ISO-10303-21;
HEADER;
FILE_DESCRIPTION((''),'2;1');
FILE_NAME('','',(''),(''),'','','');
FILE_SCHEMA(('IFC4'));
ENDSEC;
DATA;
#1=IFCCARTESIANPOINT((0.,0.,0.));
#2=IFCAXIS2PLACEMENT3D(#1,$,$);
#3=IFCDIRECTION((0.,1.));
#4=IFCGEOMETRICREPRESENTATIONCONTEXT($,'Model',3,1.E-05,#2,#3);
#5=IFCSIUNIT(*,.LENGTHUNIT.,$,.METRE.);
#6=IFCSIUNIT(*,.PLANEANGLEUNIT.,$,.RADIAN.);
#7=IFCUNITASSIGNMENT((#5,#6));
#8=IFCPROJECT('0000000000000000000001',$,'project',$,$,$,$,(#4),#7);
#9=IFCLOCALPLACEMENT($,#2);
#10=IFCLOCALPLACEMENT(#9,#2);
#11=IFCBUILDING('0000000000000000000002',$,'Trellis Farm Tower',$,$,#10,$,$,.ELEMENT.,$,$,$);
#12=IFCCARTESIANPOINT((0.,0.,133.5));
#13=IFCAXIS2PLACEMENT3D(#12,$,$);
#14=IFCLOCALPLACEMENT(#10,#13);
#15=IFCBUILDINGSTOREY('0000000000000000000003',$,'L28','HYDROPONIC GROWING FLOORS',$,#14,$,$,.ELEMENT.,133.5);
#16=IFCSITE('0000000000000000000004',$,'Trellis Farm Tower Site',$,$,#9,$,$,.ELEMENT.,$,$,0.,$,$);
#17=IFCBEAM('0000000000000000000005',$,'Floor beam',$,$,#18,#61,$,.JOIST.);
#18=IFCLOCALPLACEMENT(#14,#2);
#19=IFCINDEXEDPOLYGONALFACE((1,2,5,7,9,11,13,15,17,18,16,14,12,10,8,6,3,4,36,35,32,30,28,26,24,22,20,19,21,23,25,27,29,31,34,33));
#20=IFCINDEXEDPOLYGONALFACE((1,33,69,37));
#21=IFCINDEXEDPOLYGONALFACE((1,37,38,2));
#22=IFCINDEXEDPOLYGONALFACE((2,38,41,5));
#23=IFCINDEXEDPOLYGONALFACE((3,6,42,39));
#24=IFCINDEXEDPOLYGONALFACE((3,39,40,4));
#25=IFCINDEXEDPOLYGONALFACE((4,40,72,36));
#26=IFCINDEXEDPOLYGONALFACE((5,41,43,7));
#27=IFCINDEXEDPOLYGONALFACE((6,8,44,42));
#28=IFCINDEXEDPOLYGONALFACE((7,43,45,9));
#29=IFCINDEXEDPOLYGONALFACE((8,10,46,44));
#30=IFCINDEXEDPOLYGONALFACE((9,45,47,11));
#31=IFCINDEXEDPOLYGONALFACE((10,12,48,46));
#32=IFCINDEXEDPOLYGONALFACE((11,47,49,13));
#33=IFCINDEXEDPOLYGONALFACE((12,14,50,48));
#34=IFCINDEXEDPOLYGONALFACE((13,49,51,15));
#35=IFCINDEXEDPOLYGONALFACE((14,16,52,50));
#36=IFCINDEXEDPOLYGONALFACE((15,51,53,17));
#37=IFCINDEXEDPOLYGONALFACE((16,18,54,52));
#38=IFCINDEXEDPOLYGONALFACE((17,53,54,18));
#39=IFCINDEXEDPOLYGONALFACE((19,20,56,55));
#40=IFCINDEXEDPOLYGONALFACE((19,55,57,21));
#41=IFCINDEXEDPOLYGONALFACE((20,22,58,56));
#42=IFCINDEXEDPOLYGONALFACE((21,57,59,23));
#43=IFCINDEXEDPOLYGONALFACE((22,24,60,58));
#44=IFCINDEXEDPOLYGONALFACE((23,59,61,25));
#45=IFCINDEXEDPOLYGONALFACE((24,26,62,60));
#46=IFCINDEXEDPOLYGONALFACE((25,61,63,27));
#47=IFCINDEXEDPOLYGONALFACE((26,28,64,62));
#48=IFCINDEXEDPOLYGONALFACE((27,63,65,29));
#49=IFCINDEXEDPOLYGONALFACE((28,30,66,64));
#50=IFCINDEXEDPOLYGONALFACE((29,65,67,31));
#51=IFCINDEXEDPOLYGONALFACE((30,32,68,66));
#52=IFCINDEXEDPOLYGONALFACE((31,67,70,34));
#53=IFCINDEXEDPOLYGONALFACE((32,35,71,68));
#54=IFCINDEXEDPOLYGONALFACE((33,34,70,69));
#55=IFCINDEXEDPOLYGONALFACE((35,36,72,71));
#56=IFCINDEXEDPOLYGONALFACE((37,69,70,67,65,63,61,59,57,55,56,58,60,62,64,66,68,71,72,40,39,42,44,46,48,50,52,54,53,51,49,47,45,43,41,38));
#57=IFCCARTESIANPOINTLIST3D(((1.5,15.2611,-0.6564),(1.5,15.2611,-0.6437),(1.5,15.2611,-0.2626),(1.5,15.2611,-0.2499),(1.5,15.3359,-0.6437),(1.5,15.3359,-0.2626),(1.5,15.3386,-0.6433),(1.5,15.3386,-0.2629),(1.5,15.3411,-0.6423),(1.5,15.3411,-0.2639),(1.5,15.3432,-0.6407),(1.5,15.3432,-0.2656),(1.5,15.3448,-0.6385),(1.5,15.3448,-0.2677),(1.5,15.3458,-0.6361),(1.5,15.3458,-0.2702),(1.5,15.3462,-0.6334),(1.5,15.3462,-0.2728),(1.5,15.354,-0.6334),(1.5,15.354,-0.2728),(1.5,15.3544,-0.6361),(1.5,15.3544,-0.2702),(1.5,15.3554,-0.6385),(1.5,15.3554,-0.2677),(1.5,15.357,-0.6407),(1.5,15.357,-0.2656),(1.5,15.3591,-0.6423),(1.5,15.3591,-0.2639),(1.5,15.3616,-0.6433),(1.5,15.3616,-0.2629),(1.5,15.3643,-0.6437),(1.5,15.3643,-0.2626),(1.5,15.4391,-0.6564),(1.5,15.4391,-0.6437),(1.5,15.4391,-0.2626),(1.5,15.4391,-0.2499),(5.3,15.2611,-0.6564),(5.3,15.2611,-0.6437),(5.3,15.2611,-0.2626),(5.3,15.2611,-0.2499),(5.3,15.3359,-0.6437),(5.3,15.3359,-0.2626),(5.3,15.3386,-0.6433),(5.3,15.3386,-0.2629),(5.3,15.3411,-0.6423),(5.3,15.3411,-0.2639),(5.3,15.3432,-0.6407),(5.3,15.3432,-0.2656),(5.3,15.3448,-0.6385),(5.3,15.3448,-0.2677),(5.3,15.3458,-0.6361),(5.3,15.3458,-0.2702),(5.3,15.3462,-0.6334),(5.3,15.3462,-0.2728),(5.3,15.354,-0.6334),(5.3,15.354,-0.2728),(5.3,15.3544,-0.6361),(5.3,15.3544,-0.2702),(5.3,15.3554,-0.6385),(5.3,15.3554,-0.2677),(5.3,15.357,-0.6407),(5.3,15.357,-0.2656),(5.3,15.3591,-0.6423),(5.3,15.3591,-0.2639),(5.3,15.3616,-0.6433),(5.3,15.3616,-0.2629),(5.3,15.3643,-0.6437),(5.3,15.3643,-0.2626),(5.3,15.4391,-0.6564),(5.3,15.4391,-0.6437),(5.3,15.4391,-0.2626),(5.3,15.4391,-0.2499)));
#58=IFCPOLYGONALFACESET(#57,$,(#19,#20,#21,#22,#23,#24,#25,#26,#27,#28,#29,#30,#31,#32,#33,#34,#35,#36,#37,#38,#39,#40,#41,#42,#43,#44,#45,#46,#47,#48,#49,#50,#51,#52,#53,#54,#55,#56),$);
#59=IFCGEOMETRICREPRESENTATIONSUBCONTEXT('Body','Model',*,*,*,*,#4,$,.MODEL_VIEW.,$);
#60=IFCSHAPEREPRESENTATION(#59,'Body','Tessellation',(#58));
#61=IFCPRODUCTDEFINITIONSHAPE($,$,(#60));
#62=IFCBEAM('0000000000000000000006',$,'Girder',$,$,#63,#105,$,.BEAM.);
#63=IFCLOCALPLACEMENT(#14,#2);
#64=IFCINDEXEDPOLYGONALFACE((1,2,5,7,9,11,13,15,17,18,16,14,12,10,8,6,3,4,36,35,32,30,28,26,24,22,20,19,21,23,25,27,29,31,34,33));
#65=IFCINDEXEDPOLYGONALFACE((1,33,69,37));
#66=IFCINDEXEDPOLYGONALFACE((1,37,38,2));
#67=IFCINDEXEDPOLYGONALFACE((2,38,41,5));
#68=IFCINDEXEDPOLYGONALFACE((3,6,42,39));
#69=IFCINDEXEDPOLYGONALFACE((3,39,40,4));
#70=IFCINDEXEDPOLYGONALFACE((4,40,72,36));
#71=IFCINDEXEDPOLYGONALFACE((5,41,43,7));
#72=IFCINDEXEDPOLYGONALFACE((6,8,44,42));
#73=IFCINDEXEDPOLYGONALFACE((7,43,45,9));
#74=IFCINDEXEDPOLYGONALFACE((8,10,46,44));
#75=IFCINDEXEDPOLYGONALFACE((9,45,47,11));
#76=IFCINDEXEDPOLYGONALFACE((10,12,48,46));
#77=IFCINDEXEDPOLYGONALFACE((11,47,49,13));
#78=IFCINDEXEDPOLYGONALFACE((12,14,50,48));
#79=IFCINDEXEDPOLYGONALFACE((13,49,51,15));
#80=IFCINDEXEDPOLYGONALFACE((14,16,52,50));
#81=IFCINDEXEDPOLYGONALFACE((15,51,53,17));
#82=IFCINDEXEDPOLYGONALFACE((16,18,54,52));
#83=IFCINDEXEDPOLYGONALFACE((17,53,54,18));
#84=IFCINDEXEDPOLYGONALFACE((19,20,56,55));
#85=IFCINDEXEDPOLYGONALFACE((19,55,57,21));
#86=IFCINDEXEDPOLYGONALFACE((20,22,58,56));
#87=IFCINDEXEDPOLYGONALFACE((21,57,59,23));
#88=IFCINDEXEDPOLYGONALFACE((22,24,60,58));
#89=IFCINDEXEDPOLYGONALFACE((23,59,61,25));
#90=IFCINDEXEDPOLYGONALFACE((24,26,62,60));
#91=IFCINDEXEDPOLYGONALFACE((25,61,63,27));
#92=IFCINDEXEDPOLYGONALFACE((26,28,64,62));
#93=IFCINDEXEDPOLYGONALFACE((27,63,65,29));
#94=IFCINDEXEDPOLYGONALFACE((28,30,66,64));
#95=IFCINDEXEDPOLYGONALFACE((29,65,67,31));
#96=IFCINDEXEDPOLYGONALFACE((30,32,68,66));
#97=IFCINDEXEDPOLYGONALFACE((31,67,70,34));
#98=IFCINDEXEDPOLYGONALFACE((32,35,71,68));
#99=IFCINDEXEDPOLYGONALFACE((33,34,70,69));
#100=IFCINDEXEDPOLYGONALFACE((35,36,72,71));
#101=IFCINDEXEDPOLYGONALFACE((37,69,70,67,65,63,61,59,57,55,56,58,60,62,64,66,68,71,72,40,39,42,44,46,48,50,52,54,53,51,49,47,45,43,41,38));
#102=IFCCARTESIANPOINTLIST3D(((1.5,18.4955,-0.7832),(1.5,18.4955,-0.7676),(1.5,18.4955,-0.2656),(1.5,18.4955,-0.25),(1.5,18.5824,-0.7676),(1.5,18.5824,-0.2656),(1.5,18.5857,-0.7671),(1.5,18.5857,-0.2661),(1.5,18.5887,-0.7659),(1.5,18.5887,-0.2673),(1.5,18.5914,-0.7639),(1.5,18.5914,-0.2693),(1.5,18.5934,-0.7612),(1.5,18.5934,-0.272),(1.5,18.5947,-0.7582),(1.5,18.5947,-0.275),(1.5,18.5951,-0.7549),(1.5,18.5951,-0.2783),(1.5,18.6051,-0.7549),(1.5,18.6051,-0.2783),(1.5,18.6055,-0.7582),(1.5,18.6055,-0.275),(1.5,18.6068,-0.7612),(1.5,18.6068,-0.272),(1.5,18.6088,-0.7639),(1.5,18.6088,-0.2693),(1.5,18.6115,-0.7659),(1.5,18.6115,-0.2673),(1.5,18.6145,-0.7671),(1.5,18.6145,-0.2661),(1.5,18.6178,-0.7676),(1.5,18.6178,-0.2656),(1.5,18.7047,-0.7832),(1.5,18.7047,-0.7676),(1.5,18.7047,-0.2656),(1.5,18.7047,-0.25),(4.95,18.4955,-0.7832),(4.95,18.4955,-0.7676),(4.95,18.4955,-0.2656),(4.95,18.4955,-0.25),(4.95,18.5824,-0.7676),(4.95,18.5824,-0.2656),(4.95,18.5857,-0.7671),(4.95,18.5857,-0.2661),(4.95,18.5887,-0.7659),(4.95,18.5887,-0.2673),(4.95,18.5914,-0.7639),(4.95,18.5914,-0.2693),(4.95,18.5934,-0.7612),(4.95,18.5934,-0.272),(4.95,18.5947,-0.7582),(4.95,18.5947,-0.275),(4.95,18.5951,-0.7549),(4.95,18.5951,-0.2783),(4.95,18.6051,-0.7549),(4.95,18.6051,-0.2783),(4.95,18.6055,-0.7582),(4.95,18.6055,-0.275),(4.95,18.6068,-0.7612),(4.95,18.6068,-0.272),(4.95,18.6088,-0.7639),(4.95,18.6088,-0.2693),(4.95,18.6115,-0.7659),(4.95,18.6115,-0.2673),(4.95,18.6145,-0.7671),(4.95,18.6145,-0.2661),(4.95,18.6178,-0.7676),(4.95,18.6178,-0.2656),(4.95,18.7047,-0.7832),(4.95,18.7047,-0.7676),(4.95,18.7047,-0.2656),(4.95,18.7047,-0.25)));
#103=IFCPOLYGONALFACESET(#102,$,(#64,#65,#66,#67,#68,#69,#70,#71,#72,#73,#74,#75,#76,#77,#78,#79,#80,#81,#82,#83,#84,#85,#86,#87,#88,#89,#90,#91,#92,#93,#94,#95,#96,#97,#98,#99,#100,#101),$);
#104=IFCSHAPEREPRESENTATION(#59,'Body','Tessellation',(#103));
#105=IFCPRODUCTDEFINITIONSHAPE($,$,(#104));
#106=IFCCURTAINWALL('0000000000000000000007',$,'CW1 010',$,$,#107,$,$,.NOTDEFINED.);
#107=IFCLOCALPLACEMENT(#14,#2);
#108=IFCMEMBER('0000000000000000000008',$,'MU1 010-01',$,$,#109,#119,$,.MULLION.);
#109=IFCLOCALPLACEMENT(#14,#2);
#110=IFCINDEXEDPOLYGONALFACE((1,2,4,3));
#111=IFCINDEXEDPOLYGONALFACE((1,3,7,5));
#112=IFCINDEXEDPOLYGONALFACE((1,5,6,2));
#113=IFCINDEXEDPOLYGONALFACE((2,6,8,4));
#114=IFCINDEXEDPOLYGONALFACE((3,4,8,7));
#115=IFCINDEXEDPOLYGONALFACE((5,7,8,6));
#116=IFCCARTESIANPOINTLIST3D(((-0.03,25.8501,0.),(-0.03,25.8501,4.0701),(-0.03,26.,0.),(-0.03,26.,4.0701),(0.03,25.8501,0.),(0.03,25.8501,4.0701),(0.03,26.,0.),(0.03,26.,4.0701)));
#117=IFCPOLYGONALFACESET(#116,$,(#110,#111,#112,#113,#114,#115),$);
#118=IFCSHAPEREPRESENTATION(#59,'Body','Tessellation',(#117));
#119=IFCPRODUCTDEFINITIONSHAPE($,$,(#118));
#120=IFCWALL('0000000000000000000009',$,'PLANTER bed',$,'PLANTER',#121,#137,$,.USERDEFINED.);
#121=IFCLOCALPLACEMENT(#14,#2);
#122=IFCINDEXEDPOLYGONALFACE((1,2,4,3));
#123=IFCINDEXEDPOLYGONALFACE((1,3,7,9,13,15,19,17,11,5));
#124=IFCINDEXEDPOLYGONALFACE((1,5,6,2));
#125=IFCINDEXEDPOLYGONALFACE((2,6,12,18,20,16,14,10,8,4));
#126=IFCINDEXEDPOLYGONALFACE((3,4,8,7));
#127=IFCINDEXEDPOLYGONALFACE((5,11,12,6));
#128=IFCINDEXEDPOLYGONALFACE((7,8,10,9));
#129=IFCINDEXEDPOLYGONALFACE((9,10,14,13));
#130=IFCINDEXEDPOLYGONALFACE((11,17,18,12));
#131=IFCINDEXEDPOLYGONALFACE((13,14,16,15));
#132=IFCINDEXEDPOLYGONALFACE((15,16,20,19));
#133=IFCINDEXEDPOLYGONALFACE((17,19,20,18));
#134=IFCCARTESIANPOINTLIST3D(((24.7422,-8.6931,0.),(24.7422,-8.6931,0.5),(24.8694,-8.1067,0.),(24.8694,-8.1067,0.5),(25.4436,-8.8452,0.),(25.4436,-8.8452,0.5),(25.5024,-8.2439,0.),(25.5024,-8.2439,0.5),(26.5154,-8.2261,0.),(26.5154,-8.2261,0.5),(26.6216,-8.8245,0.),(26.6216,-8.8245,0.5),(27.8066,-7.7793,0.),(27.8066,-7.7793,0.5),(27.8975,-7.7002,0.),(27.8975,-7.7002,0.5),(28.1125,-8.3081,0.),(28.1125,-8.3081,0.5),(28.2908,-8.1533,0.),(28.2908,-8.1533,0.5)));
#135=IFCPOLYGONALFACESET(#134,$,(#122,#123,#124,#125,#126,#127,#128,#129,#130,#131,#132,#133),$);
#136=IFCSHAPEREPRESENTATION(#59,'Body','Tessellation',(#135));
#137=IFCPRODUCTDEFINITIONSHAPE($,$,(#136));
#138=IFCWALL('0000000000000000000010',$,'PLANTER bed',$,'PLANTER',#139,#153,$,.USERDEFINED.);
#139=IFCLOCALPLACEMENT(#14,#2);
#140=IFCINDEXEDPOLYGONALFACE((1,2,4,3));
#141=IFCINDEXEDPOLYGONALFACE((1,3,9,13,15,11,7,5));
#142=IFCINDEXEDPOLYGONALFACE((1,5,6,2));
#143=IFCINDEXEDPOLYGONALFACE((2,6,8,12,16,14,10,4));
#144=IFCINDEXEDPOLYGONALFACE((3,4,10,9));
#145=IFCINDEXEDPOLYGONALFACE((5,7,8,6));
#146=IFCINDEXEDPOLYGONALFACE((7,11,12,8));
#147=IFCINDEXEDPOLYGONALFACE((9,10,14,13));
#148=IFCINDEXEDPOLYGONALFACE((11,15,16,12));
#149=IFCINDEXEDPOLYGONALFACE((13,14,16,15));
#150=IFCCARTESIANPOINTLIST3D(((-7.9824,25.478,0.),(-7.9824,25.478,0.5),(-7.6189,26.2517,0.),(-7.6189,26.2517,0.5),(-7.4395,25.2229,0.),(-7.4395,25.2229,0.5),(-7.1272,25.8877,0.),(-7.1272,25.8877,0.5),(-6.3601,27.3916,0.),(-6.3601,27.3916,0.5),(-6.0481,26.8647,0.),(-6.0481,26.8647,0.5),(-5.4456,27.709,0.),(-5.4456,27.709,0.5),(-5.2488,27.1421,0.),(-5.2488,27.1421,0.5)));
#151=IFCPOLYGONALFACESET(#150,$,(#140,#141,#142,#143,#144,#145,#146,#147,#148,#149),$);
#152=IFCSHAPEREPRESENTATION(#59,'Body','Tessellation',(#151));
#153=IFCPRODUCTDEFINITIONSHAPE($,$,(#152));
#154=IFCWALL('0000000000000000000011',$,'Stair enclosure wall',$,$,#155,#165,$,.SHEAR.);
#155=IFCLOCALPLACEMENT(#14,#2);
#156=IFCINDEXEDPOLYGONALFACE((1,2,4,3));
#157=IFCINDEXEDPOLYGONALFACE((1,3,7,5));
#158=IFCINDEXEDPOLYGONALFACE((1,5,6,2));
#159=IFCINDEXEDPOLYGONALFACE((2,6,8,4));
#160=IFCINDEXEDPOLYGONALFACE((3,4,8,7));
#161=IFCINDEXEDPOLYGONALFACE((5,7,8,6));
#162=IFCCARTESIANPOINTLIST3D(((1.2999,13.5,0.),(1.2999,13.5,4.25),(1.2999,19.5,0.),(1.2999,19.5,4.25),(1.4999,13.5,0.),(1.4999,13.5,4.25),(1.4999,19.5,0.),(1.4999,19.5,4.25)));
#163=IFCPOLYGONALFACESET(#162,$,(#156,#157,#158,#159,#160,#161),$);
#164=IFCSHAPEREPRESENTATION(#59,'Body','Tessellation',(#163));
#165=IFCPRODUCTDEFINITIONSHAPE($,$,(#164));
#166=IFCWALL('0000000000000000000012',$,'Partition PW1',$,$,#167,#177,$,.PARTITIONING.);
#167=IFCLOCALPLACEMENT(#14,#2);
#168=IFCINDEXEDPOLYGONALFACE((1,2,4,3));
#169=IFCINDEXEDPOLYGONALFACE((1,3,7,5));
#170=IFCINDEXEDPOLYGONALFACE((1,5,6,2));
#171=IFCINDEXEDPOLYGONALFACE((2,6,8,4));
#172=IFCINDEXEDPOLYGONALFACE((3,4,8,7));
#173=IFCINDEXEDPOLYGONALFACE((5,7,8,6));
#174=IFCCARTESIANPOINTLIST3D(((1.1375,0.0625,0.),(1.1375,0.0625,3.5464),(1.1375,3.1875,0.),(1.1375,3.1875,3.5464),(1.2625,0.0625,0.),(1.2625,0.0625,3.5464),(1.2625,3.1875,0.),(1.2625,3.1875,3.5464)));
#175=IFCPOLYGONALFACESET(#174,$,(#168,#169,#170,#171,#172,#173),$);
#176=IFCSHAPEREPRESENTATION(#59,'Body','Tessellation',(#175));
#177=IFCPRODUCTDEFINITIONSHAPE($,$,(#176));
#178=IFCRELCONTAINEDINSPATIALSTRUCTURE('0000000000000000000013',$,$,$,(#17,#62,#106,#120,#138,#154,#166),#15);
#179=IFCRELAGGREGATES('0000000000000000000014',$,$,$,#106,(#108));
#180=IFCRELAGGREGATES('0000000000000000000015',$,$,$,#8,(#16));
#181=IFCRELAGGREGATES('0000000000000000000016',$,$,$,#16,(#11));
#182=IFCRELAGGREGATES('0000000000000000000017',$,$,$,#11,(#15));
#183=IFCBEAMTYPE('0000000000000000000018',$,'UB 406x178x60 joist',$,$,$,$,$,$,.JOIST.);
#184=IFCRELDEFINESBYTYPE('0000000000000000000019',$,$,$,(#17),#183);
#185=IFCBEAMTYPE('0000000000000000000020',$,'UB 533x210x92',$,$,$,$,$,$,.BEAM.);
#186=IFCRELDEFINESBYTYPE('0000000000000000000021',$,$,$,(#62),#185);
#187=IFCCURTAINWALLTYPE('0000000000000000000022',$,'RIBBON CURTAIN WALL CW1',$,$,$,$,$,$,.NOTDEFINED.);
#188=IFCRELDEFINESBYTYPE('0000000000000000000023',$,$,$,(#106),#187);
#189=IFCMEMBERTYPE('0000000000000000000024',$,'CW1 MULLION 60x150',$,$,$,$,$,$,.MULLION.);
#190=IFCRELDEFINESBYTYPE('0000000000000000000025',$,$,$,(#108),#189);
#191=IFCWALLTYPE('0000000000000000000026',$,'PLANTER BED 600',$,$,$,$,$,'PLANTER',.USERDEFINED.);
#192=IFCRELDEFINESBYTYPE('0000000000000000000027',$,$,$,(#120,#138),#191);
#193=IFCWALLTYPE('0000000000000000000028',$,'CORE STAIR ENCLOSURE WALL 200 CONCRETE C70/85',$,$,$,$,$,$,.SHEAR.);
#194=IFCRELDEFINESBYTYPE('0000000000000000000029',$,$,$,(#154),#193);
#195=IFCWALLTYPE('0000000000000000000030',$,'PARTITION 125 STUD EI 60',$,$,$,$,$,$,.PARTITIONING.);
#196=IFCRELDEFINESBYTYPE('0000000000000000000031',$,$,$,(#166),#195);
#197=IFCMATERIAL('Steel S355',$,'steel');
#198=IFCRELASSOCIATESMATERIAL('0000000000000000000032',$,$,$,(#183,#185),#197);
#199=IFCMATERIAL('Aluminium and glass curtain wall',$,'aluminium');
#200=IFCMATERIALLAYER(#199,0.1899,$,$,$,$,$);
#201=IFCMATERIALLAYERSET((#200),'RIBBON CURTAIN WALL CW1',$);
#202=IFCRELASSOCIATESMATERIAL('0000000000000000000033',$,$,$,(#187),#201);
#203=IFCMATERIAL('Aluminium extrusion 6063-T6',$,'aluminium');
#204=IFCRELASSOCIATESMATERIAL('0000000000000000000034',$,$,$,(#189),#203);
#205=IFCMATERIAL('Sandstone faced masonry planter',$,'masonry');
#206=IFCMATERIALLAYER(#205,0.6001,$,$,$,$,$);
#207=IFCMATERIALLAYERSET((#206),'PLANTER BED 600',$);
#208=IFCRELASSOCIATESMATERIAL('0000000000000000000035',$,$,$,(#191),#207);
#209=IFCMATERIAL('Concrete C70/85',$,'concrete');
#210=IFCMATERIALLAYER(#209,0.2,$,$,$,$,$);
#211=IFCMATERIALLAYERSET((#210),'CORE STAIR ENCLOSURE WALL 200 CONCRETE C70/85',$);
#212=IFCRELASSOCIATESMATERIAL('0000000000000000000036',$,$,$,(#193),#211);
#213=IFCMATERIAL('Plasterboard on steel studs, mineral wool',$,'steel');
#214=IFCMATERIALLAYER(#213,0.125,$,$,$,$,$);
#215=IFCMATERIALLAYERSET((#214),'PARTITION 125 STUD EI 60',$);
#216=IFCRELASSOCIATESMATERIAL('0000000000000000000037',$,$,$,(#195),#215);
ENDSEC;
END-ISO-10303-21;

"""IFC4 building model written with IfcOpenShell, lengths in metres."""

from ifc_helpers import new_model, si_unit, direction, frame, frame_2d, origin, origin_2d, place, context, subcontext, project, spatial, polyline, rectangle, i_section, outline, extrude, source, transform, mapped, material, layer, layer_set, material_profile, profile_set, type_object, element, aggregate, save


model = new_model("IFC4")

# Units and contexts
model_context = context("Model", 3, precision=1e-05, world=origin(), true_north=direction((0.0, 1.0)))
body_context = subcontext(model_context, "Body", "Model", "MODEL_VIEW")
ifc_project = project(units=[si_unit("LENGTHUNIT", "METRE"), si_unit("PLANEANGLEUNIT", "RADIAN")], contexts=[model_context])

# Site, building, storey
site_placement = place(None, origin())
site = spatial("IfcSite", under=ifc_project, at=site_placement, Name="Trellis Farm Tower Site", CompositionType="ELEMENT", RefElevation=0.0)
building_placement = place(site_placement, origin())
building = spatial("IfcBuilding", under=site, at=building_placement, Name="Trellis Farm Tower", CompositionType="ELEMENT")
storey_placement = place(building_placement, frame((0.0, 0.0, 133.5)))
storey = spatial("IfcBuildingStorey", under=building, at=storey_placement, Name="L28", Description="HYDROPONIC GROWING FLOORS", CompositionType="ELEMENT", Elevation=133.5)

# Beams
ifc_material_1 = material(Name="Steel S355", Category="steel")
ifc_material_profile_1 = material_profile(ifc_material_1, i_section(OverallWidth=0.178, OverallDepth=0.4065, WebThickness=0.0078, FlangeThickness=0.0127, FilletRadius=0.0103, at=origin_2d()), Name="UB 406x178x60")
ifc_profile_set_1 = profile_set([ifc_material_profile_1], Name="Steel S355")
beam_type_1 = type_object("IfcBeamType", Name="UB 406x178x60 joist", PredefinedType="JOIST", material=ifc_profile_set_1)
shared_shape_1 = source(origin(), body_context, "Body", "SweptSolid", [
    extrude(i_section(OverallWidth=0.178, OverallDepth=0.4065, WebThickness=0.0078, FlangeThickness=0.0127, FilletRadius=0.0103, at=origin_2d()), origin(), (0.0, 0.0, 1.0), 3.8),
])
beam_1_placement = place(storey_placement, frame((1.5, 15.3501, -0.4531), z_axis=(1.0, 0.0, 0.0), x_axis=(0.0, 1.0, 0.0)))
element("IfcBeam", 1, at=beam_1_placement, inside=storey, type_object=beam_type_1, Name="Floor beam", PredefinedType="JOIST", context=body_context, shape_type="MappedRepresentation", body=[
    mapped(shared_shape_1, transform((0.0, 0.0, 0.0))),
])
ifc_material_profile_2 = material_profile(ifc_material_1, i_section(OverallWidth=0.2092, OverallDepth=0.5332, WebThickness=0.01, FlangeThickness=0.0156, FilletRadius=0.0127, at=origin_2d()), Name="UB 533x210x92")
ifc_profile_set_2 = profile_set([ifc_material_profile_2], Name="Steel S355")
beam_type_2 = type_object("IfcBeamType", Name="UB 533x210x92", PredefinedType="BEAM", material=ifc_profile_set_2)
shared_shape_2 = source(origin(), body_context, "Body", "SweptSolid", [
    extrude(i_section(OverallWidth=0.2092, OverallDepth=0.5332, WebThickness=0.01, FlangeThickness=0.0156, FilletRadius=0.0127, at=origin_2d()), origin(), (0.0, 0.0, 1.0), 3.45),
])
beam_2_placement = place(storey_placement, frame((1.5, 18.6001, -0.5166), z_axis=(1.0, 0.0, 0.0), x_axis=(0.0, 1.0, 0.0)))
element("IfcBeam", 2, at=beam_2_placement, inside=storey, type_object=beam_type_2, Name="Girder", PredefinedType="BEAM", context=body_context, shape_type="MappedRepresentation", body=[
    mapped(shared_shape_2, transform((0.0, 0.0, 0.0))),
])

# Curtain wall, member
ifc_material_2 = material(Name="Aluminium and glass curtain wall", Category="aluminium")
ifc_layer_1 = layer(ifc_material_2, 0.1899)
ifc_layer_set_1 = layer_set([ifc_layer_1], Name="RIBBON CURTAIN WALL CW1")
curtain_wall_type = type_object("IfcCurtainWallType", Name="RIBBON CURTAIN WALL CW1", PredefinedType="NOTDEFINED", material=ifc_layer_set_1)
placement = place(storey_placement, origin())
curtain_wall = element("IfcCurtainWall", 3, at=placement, inside=storey, type_object=curtain_wall_type, Name="CW1 010", PredefinedType="NOTDEFINED")
ifc_material_3 = material(Name="Aluminium extrusion 6063-T6", Category="aluminium")
ifc_material_profile_3 = material_profile(ifc_material_3, rectangle(XDim=0.0601, YDim=0.1499, at=origin_2d()), Name="MULLION 60x150")
ifc_profile_set_3 = profile_set([ifc_material_profile_3], Name="Aluminium extrusion 6063-T6")
member_type = type_object("IfcMemberType", Name="CW1 MULLION 60x150", PredefinedType="MULLION", material=ifc_profile_set_3)
shared_shape_3 = source(origin(), body_context, "Body", "SweptSolid", [
    extrude(rectangle(XDim=0.0601, YDim=0.1499, at=origin_2d()), origin(), (0.0, 0.0, 1.0), 4.0701),
])
member_placement = place(storey_placement, frame((0.0, 25.925, 0.0), z_axis=(0.0, 0.0, 1.0), x_axis=(-1.0, 0.0, 0.0)))
member = element("IfcMember", 4, at=member_placement, type_object=member_type, Name="MU1 010-01", PredefinedType="MULLION", context=body_context, shape_type="MappedRepresentation", body=[
    mapped(shared_shape_3, transform((0.0, 0.0, 0.0))),
])
aggregate(curtain_wall, [member])

# Walls
ifc_material_4 = material(Name="Sandstone faced masonry planter", Category="masonry")
ifc_layer_2 = layer(ifc_material_4, 0.6001)
ifc_layer_set_2 = layer_set([ifc_layer_2], Name="PLANTER BED 600")
wall_type_1 = type_object("IfcWallType", Name="PLANTER BED 600", ElementType="PLANTER", PredefinedType="USERDEFINED", material=ifc_layer_set_2)
element("IfcWall", 5, at=placement, inside=storey, type_object=wall_type_1, Name="PLANTER bed", ObjectType="PLANTER", PredefinedType="USERDEFINED", context=body_context, shape_type="SweptSolid", body=[
    extrude(outline(polyline([(26.6216, -8.8245), (25.4436, -8.8452), (24.7422, -8.6931), (24.8694, -8.1067), (25.5024, -8.2439), (26.5154, -8.2261), (27.8066, -7.7793), (27.8975, -7.7002), (28.2908, -8.1533), (28.1125, -8.3081), (26.6216, -8.8245)])), origin(), (0.0, 0.0, 1.0), 0.5),
])
element("IfcWall", 6, at=placement, inside=storey, type_object=wall_type_1, Name="PLANTER bed", ObjectType="PLANTER", PredefinedType="USERDEFINED", context=body_context, shape_type="SweptSolid", body=[
    extrude(outline(polyline([(-6.3601, 27.3916), (-5.4456, 27.709), (-5.2488, 27.1421), (-6.0481, 26.8647), (-7.1272, 25.8877), (-7.4395, 25.2229), (-7.9824, 25.478), (-7.6189, 26.2517), (-6.3601, 27.3916)])), origin(), (0.0, 0.0, 1.0), 0.5),
])
ifc_material_5 = material(Name="Concrete C70/85", Category="concrete")
ifc_layer_3 = layer(ifc_material_5, 0.2)
ifc_layer_set_3 = layer_set([ifc_layer_3], Name="CORE STAIR ENCLOSURE WALL 200 CONCRETE C70/85")
wall_type_2 = type_object("IfcWallType", Name="CORE STAIR ENCLOSURE WALL 200 CONCRETE C70/85", PredefinedType="SHEAR", material=ifc_layer_set_3)
shared_shape_4 = source(origin(), body_context, "Body", "SweptSolid", [
    extrude(rectangle(XDim=6.0, YDim=0.2, at=frame_2d((3.0, 0.0))), origin(), (0.0, 0.0, 1.0), 4.25),
])
wall_1_placement = place(storey_placement, frame((1.3999, 13.5, 0.0), z_axis=(0.0, 0.0, 1.0), x_axis=(0.0, 1.0, 0.0)))
element("IfcWall", 7, at=wall_1_placement, inside=storey, type_object=wall_type_2, Name="Stair enclosure wall", PredefinedType="SHEAR", context=body_context, shape_type="MappedRepresentation", body=[
    mapped(shared_shape_4, transform((0.0, 0.0, 0.0))),
])
ifc_material_6 = material(Name="Plasterboard on steel studs, mineral wool", Category="steel")
ifc_layer_4 = layer(ifc_material_6, 0.125)
ifc_layer_set_4 = layer_set([ifc_layer_4], Name="PARTITION 125 STUD EI 60")
wall_type_3 = type_object("IfcWallType", Name="PARTITION 125 STUD EI 60", PredefinedType="PARTITIONING", material=ifc_layer_set_4)
shared_shape_5 = source(origin(), body_context, "Body", "SweptSolid", [
    extrude(rectangle(XDim=3.125, YDim=0.125, at=frame_2d((1.5625, 0.0))), origin(), (0.0, 0.0, 1.0), 3.5464),
])
wall_2_placement = place(storey_placement, frame((1.2, 3.1875, 0.0), z_axis=(0.0, 0.0, 1.0), x_axis=(0.0, -1.0, 0.0)))
element("IfcWall", 8, at=wall_2_placement, inside=storey, type_object=wall_type_3, Name="Partition PW1", PredefinedType="PARTITIONING", context=body_context, shape_type="MappedRepresentation", body=[
    mapped(shared_shape_5, transform((0.0, 0.0, 0.0))),
])

save(model, "model.ifc")
